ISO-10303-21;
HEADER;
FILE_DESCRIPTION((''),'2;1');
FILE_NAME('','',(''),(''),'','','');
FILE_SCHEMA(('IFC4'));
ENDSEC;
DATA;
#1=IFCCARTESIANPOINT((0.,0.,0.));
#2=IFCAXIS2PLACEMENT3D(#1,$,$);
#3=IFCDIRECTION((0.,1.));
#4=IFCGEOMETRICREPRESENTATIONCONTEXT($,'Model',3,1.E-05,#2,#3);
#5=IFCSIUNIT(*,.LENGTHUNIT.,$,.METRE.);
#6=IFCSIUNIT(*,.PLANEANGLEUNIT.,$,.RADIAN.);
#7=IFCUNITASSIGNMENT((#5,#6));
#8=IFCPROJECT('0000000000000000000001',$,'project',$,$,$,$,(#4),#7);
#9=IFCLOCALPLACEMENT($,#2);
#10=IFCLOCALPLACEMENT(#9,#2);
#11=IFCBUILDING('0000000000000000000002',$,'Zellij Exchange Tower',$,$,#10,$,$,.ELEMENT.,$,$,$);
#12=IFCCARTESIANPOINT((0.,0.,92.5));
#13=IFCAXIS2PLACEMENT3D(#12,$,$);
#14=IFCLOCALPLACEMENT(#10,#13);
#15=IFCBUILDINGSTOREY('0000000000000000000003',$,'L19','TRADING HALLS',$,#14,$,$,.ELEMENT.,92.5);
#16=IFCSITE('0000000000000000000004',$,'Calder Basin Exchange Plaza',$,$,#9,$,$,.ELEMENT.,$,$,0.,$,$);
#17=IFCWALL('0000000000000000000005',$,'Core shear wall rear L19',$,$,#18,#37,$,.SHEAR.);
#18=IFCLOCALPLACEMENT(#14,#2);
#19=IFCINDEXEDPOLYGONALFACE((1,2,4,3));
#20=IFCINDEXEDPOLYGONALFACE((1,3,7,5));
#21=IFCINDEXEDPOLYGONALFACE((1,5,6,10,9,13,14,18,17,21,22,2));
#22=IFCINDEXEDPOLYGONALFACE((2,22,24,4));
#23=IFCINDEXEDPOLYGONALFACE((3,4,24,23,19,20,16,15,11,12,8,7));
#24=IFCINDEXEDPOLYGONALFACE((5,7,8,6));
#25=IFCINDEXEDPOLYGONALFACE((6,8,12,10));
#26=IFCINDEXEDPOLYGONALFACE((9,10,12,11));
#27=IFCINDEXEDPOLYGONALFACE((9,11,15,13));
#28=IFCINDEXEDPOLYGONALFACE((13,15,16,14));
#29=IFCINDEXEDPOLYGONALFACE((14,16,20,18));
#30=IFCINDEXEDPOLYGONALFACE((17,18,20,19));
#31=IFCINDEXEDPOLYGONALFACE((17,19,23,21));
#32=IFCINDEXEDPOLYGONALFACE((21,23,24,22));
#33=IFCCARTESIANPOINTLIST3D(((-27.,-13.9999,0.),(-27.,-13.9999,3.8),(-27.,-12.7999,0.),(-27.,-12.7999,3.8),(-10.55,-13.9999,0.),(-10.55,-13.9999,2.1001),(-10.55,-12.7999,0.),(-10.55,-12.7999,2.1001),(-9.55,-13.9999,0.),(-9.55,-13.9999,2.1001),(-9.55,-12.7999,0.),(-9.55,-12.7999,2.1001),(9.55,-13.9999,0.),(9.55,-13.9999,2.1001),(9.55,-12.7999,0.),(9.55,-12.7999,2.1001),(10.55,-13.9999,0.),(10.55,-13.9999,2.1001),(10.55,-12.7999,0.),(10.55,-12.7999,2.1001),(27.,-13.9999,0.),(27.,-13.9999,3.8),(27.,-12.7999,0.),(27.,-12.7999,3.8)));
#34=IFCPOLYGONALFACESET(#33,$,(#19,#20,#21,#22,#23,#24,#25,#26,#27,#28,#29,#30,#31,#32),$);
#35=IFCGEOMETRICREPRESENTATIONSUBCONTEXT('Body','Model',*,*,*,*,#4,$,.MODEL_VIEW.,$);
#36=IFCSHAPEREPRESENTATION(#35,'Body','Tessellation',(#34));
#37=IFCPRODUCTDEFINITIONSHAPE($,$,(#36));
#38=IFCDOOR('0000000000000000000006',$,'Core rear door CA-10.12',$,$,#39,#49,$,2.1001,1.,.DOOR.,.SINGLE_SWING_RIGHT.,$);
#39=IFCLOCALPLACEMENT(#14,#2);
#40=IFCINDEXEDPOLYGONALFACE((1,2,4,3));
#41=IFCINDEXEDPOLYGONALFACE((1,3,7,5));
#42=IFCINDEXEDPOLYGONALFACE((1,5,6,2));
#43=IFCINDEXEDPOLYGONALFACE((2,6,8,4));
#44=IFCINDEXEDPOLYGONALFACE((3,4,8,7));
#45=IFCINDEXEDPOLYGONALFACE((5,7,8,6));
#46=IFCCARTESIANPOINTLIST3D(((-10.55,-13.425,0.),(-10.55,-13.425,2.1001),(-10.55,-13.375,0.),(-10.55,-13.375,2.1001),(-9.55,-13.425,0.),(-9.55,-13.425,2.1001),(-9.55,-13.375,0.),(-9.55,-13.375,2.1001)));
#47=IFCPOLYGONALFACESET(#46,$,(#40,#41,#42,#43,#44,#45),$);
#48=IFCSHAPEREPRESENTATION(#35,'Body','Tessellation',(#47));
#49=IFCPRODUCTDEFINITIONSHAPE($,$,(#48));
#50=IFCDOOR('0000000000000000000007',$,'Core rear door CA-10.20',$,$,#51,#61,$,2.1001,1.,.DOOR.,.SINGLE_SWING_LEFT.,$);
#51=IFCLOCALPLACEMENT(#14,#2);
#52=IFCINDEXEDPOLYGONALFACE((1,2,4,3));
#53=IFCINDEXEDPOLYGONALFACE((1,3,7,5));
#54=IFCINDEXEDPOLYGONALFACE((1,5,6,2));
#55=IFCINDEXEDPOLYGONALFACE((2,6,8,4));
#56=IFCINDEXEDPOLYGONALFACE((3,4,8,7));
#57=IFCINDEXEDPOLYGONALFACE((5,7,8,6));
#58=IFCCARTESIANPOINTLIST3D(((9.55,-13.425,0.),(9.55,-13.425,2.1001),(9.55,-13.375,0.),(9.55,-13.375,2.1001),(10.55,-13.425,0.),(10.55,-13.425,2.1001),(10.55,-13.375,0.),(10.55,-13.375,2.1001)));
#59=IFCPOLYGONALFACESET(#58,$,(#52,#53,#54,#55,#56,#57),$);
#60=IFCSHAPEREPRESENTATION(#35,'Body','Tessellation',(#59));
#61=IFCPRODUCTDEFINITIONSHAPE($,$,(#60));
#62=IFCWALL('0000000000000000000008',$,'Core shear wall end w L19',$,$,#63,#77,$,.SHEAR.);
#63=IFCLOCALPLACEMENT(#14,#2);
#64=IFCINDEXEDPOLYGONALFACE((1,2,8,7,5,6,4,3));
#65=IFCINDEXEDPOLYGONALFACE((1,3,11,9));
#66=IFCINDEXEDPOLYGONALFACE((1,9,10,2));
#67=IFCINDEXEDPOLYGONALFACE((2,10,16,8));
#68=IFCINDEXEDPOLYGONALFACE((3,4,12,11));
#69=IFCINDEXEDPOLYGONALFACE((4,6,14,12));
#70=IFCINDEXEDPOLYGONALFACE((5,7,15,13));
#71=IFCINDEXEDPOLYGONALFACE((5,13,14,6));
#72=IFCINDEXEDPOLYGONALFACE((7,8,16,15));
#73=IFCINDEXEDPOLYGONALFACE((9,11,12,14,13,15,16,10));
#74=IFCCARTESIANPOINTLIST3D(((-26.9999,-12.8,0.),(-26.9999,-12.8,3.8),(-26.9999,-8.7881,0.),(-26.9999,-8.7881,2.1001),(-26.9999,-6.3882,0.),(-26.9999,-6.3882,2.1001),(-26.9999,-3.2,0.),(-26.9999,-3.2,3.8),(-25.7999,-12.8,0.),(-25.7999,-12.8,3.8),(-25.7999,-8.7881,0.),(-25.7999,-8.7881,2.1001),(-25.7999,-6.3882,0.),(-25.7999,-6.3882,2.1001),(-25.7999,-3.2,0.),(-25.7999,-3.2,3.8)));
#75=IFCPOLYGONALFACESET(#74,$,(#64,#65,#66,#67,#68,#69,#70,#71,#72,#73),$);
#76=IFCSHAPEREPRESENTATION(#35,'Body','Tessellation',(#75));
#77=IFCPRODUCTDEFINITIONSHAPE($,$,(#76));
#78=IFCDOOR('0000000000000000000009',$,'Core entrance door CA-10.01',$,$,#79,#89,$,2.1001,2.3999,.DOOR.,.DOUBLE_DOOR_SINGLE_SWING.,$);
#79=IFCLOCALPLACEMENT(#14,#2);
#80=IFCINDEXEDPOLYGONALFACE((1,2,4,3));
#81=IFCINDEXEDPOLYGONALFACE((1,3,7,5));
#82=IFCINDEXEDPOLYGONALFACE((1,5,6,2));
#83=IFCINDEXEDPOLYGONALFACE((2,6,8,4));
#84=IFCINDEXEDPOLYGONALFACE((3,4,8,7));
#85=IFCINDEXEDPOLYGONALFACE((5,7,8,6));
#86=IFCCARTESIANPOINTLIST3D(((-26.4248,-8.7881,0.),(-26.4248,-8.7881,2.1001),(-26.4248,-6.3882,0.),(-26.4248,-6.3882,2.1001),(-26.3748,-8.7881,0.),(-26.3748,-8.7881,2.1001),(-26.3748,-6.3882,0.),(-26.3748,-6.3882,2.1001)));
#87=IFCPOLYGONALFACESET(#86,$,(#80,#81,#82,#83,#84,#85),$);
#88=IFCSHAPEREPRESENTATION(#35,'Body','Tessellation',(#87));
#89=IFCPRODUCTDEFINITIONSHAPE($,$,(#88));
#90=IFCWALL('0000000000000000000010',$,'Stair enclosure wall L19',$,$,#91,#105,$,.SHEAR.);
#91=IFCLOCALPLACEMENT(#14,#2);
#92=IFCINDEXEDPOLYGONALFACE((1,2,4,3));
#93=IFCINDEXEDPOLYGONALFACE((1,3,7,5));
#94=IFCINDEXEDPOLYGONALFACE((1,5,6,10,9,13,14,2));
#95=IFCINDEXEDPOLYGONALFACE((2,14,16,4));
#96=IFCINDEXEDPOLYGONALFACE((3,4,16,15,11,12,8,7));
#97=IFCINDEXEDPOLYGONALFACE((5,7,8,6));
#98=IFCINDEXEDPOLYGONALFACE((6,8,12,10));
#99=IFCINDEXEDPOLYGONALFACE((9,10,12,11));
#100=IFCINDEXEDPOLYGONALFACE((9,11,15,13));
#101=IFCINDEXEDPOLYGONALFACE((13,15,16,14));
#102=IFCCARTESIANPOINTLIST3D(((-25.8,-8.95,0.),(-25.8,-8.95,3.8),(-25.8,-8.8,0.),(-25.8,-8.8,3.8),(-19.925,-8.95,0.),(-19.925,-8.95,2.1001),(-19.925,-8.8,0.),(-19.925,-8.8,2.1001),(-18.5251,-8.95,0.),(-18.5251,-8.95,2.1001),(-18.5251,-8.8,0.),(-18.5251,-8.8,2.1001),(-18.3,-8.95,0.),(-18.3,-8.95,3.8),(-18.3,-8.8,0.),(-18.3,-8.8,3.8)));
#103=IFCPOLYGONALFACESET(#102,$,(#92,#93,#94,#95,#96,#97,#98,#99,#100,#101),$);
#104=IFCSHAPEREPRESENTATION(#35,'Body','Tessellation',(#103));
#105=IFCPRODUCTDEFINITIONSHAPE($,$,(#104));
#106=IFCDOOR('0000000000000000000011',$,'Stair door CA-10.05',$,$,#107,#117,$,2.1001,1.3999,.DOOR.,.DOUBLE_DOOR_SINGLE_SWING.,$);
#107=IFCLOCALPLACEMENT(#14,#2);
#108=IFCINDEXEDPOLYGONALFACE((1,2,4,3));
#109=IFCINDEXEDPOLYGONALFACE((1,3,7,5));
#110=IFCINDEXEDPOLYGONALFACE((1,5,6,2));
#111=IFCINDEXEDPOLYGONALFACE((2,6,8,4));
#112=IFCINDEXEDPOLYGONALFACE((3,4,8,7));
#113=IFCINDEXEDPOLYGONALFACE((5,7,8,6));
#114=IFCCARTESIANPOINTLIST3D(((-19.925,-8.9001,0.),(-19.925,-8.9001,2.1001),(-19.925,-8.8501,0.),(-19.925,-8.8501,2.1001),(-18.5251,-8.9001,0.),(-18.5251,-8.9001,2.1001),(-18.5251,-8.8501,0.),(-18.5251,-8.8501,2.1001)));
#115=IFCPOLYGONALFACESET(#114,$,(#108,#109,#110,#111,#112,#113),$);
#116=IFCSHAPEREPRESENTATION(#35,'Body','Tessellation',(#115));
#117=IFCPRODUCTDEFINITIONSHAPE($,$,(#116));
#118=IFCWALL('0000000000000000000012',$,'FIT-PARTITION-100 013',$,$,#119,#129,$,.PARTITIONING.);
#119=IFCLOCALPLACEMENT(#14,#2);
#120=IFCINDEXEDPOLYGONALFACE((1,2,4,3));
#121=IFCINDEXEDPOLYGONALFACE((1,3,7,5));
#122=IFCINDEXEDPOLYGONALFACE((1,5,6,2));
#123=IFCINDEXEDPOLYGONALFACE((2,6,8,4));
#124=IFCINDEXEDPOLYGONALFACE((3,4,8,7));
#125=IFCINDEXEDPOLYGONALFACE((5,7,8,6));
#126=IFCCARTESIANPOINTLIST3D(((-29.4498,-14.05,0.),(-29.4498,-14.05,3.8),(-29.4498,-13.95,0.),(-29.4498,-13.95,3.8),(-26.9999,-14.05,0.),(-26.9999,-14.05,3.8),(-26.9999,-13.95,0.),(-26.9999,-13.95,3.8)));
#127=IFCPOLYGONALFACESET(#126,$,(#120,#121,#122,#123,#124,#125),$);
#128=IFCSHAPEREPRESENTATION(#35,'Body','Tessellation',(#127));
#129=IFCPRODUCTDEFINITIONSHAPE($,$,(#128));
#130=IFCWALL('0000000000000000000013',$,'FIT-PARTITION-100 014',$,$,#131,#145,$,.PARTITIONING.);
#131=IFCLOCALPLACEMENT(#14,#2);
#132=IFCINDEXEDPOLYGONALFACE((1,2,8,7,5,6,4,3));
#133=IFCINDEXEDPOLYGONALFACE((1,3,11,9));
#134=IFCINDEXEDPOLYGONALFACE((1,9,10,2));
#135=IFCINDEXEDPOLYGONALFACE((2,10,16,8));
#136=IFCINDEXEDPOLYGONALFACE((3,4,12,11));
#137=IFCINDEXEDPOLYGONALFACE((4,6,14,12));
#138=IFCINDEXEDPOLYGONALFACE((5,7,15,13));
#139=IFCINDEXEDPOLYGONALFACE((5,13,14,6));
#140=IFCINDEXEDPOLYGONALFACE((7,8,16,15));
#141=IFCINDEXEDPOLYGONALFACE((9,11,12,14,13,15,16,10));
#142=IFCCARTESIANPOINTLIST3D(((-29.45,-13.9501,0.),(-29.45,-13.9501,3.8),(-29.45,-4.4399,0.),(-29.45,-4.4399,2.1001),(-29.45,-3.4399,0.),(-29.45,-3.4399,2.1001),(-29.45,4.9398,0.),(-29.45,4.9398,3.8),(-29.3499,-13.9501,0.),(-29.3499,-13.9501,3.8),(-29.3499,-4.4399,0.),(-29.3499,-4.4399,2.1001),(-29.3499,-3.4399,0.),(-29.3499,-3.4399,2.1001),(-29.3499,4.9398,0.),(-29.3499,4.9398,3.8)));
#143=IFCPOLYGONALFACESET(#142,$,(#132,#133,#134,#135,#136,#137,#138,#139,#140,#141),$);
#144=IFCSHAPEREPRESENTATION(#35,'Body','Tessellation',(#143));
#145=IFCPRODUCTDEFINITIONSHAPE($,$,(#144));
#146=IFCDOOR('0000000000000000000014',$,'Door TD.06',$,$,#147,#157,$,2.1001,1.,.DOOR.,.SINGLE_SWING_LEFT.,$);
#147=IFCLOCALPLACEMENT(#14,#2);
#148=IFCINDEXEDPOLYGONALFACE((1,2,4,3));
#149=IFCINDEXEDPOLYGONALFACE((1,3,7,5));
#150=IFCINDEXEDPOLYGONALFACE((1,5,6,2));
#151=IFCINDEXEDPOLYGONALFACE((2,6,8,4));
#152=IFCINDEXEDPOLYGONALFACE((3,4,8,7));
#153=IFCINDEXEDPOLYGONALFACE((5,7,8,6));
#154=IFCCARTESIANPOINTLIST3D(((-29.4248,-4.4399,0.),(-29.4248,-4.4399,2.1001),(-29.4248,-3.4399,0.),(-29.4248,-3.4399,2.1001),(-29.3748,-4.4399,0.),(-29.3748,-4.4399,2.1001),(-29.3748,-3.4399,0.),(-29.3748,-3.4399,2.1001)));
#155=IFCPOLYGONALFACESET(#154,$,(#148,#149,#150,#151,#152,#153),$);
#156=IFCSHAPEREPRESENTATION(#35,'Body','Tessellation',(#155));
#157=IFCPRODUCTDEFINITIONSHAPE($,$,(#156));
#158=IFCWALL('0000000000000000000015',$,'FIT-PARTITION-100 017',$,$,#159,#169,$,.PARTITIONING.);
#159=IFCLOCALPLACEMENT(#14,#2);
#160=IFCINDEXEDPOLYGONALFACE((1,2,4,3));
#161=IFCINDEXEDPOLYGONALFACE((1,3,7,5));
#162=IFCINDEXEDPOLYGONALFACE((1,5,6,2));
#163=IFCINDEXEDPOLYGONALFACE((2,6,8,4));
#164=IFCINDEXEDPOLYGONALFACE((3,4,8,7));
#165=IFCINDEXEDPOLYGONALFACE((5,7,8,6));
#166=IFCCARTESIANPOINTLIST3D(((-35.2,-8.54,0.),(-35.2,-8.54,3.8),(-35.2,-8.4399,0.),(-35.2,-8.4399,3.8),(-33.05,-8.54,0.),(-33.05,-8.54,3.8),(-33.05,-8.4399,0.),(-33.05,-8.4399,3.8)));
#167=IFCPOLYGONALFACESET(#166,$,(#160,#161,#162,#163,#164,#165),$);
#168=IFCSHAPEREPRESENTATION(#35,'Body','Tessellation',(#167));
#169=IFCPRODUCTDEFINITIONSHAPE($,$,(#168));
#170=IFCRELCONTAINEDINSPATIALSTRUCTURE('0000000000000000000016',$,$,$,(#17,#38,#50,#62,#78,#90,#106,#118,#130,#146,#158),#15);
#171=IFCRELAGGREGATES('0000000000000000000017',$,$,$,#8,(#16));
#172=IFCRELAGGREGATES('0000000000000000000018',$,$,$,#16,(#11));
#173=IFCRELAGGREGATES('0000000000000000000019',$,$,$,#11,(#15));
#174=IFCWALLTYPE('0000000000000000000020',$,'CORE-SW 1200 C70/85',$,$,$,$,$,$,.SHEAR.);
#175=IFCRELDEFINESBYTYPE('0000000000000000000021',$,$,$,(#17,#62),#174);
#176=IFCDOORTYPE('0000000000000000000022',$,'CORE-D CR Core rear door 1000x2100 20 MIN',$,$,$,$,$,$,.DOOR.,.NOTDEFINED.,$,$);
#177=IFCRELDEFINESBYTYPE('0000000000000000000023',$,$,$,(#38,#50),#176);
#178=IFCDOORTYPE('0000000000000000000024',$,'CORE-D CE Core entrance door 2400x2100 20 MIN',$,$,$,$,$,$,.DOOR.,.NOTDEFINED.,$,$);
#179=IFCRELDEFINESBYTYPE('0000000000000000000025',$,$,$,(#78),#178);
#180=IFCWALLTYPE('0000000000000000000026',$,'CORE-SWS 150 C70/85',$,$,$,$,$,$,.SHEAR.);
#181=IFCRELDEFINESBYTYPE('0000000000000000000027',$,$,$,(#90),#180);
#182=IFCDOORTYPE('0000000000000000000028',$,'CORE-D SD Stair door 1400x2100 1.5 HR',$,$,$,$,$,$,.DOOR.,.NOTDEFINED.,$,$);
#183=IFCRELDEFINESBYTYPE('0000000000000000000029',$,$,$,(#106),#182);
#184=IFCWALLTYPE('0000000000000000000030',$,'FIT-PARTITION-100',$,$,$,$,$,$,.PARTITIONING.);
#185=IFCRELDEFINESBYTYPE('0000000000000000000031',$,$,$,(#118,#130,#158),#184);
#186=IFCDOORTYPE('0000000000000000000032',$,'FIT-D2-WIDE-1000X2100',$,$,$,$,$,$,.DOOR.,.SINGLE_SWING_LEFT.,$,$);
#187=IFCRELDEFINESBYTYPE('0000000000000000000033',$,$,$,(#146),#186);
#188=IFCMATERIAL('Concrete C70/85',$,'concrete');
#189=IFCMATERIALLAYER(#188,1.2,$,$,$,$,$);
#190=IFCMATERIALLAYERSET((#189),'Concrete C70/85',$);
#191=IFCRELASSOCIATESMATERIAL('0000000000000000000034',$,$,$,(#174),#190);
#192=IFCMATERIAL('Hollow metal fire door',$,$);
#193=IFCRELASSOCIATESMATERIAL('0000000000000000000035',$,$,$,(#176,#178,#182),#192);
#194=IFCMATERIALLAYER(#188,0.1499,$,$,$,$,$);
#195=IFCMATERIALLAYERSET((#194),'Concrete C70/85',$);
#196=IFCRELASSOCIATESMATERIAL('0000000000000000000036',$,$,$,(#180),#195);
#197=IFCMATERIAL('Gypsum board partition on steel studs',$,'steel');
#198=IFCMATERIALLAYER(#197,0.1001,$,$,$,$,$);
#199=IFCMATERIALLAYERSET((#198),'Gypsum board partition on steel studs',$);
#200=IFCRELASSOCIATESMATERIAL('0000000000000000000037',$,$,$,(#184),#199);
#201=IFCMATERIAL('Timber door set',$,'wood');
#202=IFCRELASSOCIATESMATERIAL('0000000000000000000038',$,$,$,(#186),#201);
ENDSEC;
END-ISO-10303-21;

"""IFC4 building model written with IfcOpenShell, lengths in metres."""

from ifc_helpers import new_model, si_unit, direction, frame, frame_2d, origin, place, context, subcontext, project, spatial, rectangle, extrude, material, layer, layer_set, type_object, element, fill, save


model = new_model("IFC4")

# Units and contexts
model_context = context("Model", 3, precision=1e-05, world=origin(), true_north=direction((0.0, 1.0)))
body_context = subcontext(model_context, "Body", "Model", "MODEL_VIEW")
ifc_project = project(units=[si_unit("LENGTHUNIT", "METRE"), si_unit("PLANEANGLEUNIT", "RADIAN")], contexts=[model_context])

# Site, building, storey
site_placement = place(None, origin())
site = spatial("IfcSite", under=ifc_project, at=site_placement, Name="Calder Basin Exchange Plaza", CompositionType="ELEMENT", RefElevation=0.0)
building_placement = place(site_placement, origin())
building = spatial("IfcBuilding", under=site, at=building_placement, Name="Zellij Exchange Tower", CompositionType="ELEMENT")
storey_placement = place(building_placement, frame((0.0, 0.0, 92.5)))
storey = spatial("IfcBuildingStorey", under=building, at=storey_placement, Name="L19", Description="TRADING HALLS", CompositionType="ELEMENT", Elevation=92.5)

# Shared definitions
ifc_material_1 = material(Name="Concrete C70/85", Category="concrete")

# Wall, openings, doors
ifc_layer_1 = layer(ifc_material_1, 1.2)
ifc_layer_set_1 = layer_set([ifc_layer_1], Name="Concrete C70/85")
wall_type_1 = type_object("IfcWallType", Name="CORE-SW 1200 C70/85", PredefinedType="SHEAR", material=ifc_layer_set_1)
wall_1_placement = place(storey_placement, frame((-27.0, -13.3999, 0.0), z_axis=(0.0, 0.0, 1.0), x_axis=(1.0, 0.0, 0.0)))
wall_1 = element("IfcWall", 1, at=wall_1_placement, inside=storey, type_object=wall_type_1, Name="Core shear wall rear L19", PredefinedType="SHEAR", context=body_context, shape_type="SweptSolid", body=[
    extrude(rectangle(XDim=54.0, YDim=1.2, at=frame_2d((27.0, 0.0))), origin(), (0.0, 0.0, 1.0), 3.8),
])
opening_1_placement = place(wall_1_placement, frame((16.45, 0.0, 0.0)))
opening_1 = element("IfcOpeningElement", 2, at=opening_1_placement, cuts=wall_1, PredefinedType="OPENING", context=body_context, shape_type="SweptSolid", body=[
    extrude(rectangle(XDim=1.0, YDim=2.1001, at=frame_2d((0.5, 1.05))), frame((0.0, 0.6118, 0.0), z_axis=(0.0, -1.0, 0.0), x_axis=(1.0, 0.0, 0.0)), (0.0, 0.0, 1.0), 1.2239),
])
opening_2_placement = place(wall_1_placement, frame((36.55, 0.0, 0.0)))
opening_2 = element("IfcOpeningElement", 3, at=opening_2_placement, cuts=wall_1, PredefinedType="OPENING", context=body_context, shape_type="SweptSolid", body=[
    extrude(rectangle(XDim=1.0, YDim=2.1001, at=frame_2d((0.5, 1.05))), frame((0.0, 0.6118, 0.0), z_axis=(0.0, -1.0, 0.0), x_axis=(1.0, 0.0, 0.0)), (0.0, 0.0, 1.0), 1.2239),
])
ifc_material_2 = material(Name="Hollow metal fire door")
door_type_1 = type_object("IfcDoorType", Name="CORE-D CR Core rear door 1000x2100 20 MIN", OperationType="NOTDEFINED", PredefinedType="DOOR", material=ifc_material_2)
door_1_placement = place(opening_1_placement, origin())
door_1 = element("IfcDoor", 4, at=door_1_placement, inside=storey, type_object=door_type_1, Name="Core rear door CA-10.12", OperationType="SINGLE_SWING_RIGHT", OverallHeight=2.1001, OverallWidth=1.0, PredefinedType="DOOR", context=body_context, shape_type="SweptSolid", body=[
    extrude(rectangle(XDim=1.0, YDim=2.1001, at=frame_2d((0.5, 1.05))), frame((0.0, 0.0249, 0.0), z_axis=(0.0, -1.0, 0.0), x_axis=(1.0, 0.0, 0.0)), (0.0, 0.0, 1.0), 0.05),
])
fill(opening_1, door_1)
door_2_placement = place(opening_2_placement, origin())
door_2 = element("IfcDoor", 5, at=door_2_placement, inside=storey, type_object=door_type_1, Name="Core rear door CA-10.20", OperationType="SINGLE_SWING_LEFT", OverallHeight=2.1001, OverallWidth=1.0, PredefinedType="DOOR", context=body_context, shape_type="SweptSolid", body=[
    extrude(rectangle(XDim=1.0, YDim=2.1001, at=frame_2d((0.5, 1.05))), frame((0.0, 0.0249, 0.0), z_axis=(0.0, -1.0, 0.0), x_axis=(1.0, 0.0, 0.0)), (0.0, 0.0, 1.0), 0.05),
])
fill(opening_2, door_2)

# Walls, openings, doors
wall_2_placement = place(storey_placement, frame((-26.3999, -12.8, 0.0), z_axis=(0.0, 0.0, 1.0), x_axis=(0.0, 1.0, 0.0)))
wall_2 = element("IfcWall", 6, at=wall_2_placement, inside=storey, type_object=wall_type_1, Name="Core shear wall end w L19", PredefinedType="SHEAR", context=body_context, shape_type="SweptSolid", body=[
    extrude(rectangle(XDim=9.6001, YDim=1.2, at=frame_2d((4.8, 0.0))), origin(), (0.0, 0.0, 1.0), 3.8),
])
opening_3_placement = place(wall_2_placement, frame((4.012, 0.0, 0.0)))
opening_3 = element("IfcOpeningElement", 7, at=opening_3_placement, cuts=wall_2, PredefinedType="OPENING", context=body_context, shape_type="SweptSolid", body=[
    extrude(rectangle(XDim=2.3999, YDim=2.1001, at=frame_2d((1.2, 1.05))), frame((0.0, 0.6118, 0.0), z_axis=(0.0, -1.0, 0.0), x_axis=(1.0, 0.0, 0.0)), (0.0, 0.0, 1.0), 1.2239),
])
door_type_2 = type_object("IfcDoorType", Name="CORE-D CE Core entrance door 2400x2100 20 MIN", OperationType="NOTDEFINED", PredefinedType="DOOR", material=ifc_material_2)
door_3_placement = place(opening_3_placement, origin())
door_3 = element("IfcDoor", 8, at=door_3_placement, inside=storey, type_object=door_type_2, Name="Core entrance door CA-10.01", OperationType="DOUBLE_DOOR_SINGLE_SWING", OverallHeight=2.1001, OverallWidth=2.3999, PredefinedType="DOOR", context=body_context, shape_type="SweptSolid", body=[
    extrude(rectangle(XDim=2.3999, YDim=2.1001, at=frame_2d((1.2, 1.05))), frame((0.0, 0.0249, 0.0), z_axis=(0.0, -1.0, 0.0), x_axis=(1.0, 0.0, 0.0)), (0.0, 0.0, 1.0), 0.05),
])
fill(opening_3, door_3)
ifc_layer_2 = layer(ifc_material_1, 0.1499)
ifc_layer_set_2 = layer_set([ifc_layer_2], Name="Concrete C70/85")
wall_type_2 = type_object("IfcWallType", Name="CORE-SWS 150 C70/85", PredefinedType="SHEAR", material=ifc_layer_set_2)
wall_3_placement = place(storey_placement, frame((-25.8, -8.875, 0.0), z_axis=(0.0, 0.0, 1.0), x_axis=(1.0, 0.0, 0.0)))
wall_3 = element("IfcWall", 9, at=wall_3_placement, inside=storey, type_object=wall_type_2, Name="Stair enclosure wall L19", PredefinedType="SHEAR", context=body_context, shape_type="SweptSolid", body=[
    extrude(rectangle(XDim=7.5, YDim=0.1499, at=frame_2d((3.75, 0.0))), origin(), (0.0, 0.0, 1.0), 3.8),
])
opening_4_placement = place(wall_3_placement, frame((5.875, 0.0, 0.0)))
opening_4 = element("IfcOpeningElement", 10, at=opening_4_placement, cuts=wall_3, PredefinedType="OPENING", context=body_context, shape_type="SweptSolid", body=[
    extrude(rectangle(XDim=1.3999, YDim=2.1001, at=frame_2d((0.7, 1.05))), frame((0.0, 0.0869, 0.0), z_axis=(0.0, -1.0, 0.0), x_axis=(1.0, 0.0, 0.0)), (0.0, 0.0, 1.0), 0.1738),
])
door_type_3 = type_object("IfcDoorType", Name="CORE-D SD Stair door 1400x2100 1.5 HR", OperationType="NOTDEFINED", PredefinedType="DOOR", material=ifc_material_2)
door_4_placement = place(opening_4_placement, origin())
door_4 = element("IfcDoor", 11, at=door_4_placement, inside=storey, type_object=door_type_3, Name="Stair door CA-10.05", OperationType="DOUBLE_DOOR_SINGLE_SWING", OverallHeight=2.1001, OverallWidth=1.3999, PredefinedType="DOOR", context=body_context, shape_type="SweptSolid", body=[
    extrude(rectangle(XDim=1.3999, YDim=2.1001, at=frame_2d((0.7, 1.05))), frame((0.0, 0.0249, 0.0), z_axis=(0.0, -1.0, 0.0), x_axis=(1.0, 0.0, 0.0)), (0.0, 0.0, 1.0), 0.05),
])
fill(opening_4, door_4)

# Wall
ifc_material_3 = material(Name="Gypsum board partition on steel studs", Category="steel")
ifc_layer_3 = layer(ifc_material_3, 0.1001)
ifc_layer_set_3 = layer_set([ifc_layer_3], Name="Gypsum board partition on steel studs")
wall_type_3 = type_object("IfcWallType", Name="FIT-PARTITION-100", PredefinedType="PARTITIONING", material=ifc_layer_set_3)
wall_4_placement = place(storey_placement, frame((-29.45, -14.0, 0.0), z_axis=(0.0, 0.0, 1.0), x_axis=(1.0, 0.0, 0.0)))
element("IfcWall", 12, at=wall_4_placement, inside=storey, type_object=wall_type_3, Name="FIT-PARTITION-100 013", PredefinedType="PARTITIONING", context=body_context, shape_type="SweptSolid", body=[
    extrude(rectangle(XDim=2.45, YDim=0.1001, at=frame_2d((1.2251, 0.0))), origin(), (0.0, 0.0, 1.0), 3.8),
])

# Wall, opening, door
wall_5_placement = place(storey_placement, frame((-29.3999, -13.95, 0.0), z_axis=(0.0, 0.0, 1.0), x_axis=(0.0, 1.0, 0.0)))
wall_5 = element("IfcWall", 13, at=wall_5_placement, inside=storey, type_object=wall_type_3, Name="FIT-PARTITION-100 014", PredefinedType="PARTITIONING", context=body_context, shape_type="SweptSolid", body=[
    extrude(rectangle(XDim=18.8899, YDim=0.1001, at=frame_2d((9.4448, 0.0))), origin(), (0.0, 0.0, 1.0), 3.8),
])
opening_5_placement = place(wall_5_placement, frame((9.51, 0.0, 0.0)))
opening_5 = element("IfcOpeningElement", 14, at=opening_5_placement, cuts=wall_5, PredefinedType="OPENING", context=body_context, shape_type="SweptSolid", body=[
    extrude(rectangle(XDim=1.0, YDim=2.1001, at=frame_2d((0.5, 1.05))), frame((0.0, 0.062, 0.0), z_axis=(0.0, -1.0, 0.0), x_axis=(1.0, 0.0, 0.0)), (0.0, 0.0, 1.0), 0.124),
])
ifc_material_4 = material(Name="Timber door set", Category="wood")
door_type_4 = type_object("IfcDoorType", Name="FIT-D2-WIDE-1000X2100", OperationType="SINGLE_SWING_LEFT", PredefinedType="DOOR", material=ifc_material_4)
door_5_placement = place(opening_5_placement, origin())
door_5 = element("IfcDoor", 15, at=door_5_placement, inside=storey, type_object=door_type_4, Name="Door TD.06", OperationType="SINGLE_SWING_LEFT", OverallHeight=2.1001, OverallWidth=1.0, PredefinedType="DOOR", context=body_context, shape_type="SweptSolid", body=[
    extrude(rectangle(XDim=1.0, YDim=2.1001, at=frame_2d((0.5, 1.05))), frame((0.0, 0.0249, 0.0), z_axis=(0.0, -1.0, 0.0), x_axis=(1.0, 0.0, 0.0)), (0.0, 0.0, 1.0), 0.05),
])
fill(opening_5, door_5)

# Wall
wall_6_placement = place(storey_placement, frame((-35.2, -8.49, 0.0), z_axis=(0.0, 0.0, 1.0), x_axis=(1.0, 0.0, 0.0)))
element("IfcWall", 16, at=wall_6_placement, inside=storey, type_object=wall_type_3, Name="FIT-PARTITION-100 017", PredefinedType="PARTITIONING", context=body_context, shape_type="SweptSolid", body=[
    extrude(rectangle(XDim=2.1499, YDim=0.1001, at=frame_2d((1.075, 0.0))), origin(), (0.0, 0.0, 1.0), 3.8),
])

save(model, "model.ifc")
